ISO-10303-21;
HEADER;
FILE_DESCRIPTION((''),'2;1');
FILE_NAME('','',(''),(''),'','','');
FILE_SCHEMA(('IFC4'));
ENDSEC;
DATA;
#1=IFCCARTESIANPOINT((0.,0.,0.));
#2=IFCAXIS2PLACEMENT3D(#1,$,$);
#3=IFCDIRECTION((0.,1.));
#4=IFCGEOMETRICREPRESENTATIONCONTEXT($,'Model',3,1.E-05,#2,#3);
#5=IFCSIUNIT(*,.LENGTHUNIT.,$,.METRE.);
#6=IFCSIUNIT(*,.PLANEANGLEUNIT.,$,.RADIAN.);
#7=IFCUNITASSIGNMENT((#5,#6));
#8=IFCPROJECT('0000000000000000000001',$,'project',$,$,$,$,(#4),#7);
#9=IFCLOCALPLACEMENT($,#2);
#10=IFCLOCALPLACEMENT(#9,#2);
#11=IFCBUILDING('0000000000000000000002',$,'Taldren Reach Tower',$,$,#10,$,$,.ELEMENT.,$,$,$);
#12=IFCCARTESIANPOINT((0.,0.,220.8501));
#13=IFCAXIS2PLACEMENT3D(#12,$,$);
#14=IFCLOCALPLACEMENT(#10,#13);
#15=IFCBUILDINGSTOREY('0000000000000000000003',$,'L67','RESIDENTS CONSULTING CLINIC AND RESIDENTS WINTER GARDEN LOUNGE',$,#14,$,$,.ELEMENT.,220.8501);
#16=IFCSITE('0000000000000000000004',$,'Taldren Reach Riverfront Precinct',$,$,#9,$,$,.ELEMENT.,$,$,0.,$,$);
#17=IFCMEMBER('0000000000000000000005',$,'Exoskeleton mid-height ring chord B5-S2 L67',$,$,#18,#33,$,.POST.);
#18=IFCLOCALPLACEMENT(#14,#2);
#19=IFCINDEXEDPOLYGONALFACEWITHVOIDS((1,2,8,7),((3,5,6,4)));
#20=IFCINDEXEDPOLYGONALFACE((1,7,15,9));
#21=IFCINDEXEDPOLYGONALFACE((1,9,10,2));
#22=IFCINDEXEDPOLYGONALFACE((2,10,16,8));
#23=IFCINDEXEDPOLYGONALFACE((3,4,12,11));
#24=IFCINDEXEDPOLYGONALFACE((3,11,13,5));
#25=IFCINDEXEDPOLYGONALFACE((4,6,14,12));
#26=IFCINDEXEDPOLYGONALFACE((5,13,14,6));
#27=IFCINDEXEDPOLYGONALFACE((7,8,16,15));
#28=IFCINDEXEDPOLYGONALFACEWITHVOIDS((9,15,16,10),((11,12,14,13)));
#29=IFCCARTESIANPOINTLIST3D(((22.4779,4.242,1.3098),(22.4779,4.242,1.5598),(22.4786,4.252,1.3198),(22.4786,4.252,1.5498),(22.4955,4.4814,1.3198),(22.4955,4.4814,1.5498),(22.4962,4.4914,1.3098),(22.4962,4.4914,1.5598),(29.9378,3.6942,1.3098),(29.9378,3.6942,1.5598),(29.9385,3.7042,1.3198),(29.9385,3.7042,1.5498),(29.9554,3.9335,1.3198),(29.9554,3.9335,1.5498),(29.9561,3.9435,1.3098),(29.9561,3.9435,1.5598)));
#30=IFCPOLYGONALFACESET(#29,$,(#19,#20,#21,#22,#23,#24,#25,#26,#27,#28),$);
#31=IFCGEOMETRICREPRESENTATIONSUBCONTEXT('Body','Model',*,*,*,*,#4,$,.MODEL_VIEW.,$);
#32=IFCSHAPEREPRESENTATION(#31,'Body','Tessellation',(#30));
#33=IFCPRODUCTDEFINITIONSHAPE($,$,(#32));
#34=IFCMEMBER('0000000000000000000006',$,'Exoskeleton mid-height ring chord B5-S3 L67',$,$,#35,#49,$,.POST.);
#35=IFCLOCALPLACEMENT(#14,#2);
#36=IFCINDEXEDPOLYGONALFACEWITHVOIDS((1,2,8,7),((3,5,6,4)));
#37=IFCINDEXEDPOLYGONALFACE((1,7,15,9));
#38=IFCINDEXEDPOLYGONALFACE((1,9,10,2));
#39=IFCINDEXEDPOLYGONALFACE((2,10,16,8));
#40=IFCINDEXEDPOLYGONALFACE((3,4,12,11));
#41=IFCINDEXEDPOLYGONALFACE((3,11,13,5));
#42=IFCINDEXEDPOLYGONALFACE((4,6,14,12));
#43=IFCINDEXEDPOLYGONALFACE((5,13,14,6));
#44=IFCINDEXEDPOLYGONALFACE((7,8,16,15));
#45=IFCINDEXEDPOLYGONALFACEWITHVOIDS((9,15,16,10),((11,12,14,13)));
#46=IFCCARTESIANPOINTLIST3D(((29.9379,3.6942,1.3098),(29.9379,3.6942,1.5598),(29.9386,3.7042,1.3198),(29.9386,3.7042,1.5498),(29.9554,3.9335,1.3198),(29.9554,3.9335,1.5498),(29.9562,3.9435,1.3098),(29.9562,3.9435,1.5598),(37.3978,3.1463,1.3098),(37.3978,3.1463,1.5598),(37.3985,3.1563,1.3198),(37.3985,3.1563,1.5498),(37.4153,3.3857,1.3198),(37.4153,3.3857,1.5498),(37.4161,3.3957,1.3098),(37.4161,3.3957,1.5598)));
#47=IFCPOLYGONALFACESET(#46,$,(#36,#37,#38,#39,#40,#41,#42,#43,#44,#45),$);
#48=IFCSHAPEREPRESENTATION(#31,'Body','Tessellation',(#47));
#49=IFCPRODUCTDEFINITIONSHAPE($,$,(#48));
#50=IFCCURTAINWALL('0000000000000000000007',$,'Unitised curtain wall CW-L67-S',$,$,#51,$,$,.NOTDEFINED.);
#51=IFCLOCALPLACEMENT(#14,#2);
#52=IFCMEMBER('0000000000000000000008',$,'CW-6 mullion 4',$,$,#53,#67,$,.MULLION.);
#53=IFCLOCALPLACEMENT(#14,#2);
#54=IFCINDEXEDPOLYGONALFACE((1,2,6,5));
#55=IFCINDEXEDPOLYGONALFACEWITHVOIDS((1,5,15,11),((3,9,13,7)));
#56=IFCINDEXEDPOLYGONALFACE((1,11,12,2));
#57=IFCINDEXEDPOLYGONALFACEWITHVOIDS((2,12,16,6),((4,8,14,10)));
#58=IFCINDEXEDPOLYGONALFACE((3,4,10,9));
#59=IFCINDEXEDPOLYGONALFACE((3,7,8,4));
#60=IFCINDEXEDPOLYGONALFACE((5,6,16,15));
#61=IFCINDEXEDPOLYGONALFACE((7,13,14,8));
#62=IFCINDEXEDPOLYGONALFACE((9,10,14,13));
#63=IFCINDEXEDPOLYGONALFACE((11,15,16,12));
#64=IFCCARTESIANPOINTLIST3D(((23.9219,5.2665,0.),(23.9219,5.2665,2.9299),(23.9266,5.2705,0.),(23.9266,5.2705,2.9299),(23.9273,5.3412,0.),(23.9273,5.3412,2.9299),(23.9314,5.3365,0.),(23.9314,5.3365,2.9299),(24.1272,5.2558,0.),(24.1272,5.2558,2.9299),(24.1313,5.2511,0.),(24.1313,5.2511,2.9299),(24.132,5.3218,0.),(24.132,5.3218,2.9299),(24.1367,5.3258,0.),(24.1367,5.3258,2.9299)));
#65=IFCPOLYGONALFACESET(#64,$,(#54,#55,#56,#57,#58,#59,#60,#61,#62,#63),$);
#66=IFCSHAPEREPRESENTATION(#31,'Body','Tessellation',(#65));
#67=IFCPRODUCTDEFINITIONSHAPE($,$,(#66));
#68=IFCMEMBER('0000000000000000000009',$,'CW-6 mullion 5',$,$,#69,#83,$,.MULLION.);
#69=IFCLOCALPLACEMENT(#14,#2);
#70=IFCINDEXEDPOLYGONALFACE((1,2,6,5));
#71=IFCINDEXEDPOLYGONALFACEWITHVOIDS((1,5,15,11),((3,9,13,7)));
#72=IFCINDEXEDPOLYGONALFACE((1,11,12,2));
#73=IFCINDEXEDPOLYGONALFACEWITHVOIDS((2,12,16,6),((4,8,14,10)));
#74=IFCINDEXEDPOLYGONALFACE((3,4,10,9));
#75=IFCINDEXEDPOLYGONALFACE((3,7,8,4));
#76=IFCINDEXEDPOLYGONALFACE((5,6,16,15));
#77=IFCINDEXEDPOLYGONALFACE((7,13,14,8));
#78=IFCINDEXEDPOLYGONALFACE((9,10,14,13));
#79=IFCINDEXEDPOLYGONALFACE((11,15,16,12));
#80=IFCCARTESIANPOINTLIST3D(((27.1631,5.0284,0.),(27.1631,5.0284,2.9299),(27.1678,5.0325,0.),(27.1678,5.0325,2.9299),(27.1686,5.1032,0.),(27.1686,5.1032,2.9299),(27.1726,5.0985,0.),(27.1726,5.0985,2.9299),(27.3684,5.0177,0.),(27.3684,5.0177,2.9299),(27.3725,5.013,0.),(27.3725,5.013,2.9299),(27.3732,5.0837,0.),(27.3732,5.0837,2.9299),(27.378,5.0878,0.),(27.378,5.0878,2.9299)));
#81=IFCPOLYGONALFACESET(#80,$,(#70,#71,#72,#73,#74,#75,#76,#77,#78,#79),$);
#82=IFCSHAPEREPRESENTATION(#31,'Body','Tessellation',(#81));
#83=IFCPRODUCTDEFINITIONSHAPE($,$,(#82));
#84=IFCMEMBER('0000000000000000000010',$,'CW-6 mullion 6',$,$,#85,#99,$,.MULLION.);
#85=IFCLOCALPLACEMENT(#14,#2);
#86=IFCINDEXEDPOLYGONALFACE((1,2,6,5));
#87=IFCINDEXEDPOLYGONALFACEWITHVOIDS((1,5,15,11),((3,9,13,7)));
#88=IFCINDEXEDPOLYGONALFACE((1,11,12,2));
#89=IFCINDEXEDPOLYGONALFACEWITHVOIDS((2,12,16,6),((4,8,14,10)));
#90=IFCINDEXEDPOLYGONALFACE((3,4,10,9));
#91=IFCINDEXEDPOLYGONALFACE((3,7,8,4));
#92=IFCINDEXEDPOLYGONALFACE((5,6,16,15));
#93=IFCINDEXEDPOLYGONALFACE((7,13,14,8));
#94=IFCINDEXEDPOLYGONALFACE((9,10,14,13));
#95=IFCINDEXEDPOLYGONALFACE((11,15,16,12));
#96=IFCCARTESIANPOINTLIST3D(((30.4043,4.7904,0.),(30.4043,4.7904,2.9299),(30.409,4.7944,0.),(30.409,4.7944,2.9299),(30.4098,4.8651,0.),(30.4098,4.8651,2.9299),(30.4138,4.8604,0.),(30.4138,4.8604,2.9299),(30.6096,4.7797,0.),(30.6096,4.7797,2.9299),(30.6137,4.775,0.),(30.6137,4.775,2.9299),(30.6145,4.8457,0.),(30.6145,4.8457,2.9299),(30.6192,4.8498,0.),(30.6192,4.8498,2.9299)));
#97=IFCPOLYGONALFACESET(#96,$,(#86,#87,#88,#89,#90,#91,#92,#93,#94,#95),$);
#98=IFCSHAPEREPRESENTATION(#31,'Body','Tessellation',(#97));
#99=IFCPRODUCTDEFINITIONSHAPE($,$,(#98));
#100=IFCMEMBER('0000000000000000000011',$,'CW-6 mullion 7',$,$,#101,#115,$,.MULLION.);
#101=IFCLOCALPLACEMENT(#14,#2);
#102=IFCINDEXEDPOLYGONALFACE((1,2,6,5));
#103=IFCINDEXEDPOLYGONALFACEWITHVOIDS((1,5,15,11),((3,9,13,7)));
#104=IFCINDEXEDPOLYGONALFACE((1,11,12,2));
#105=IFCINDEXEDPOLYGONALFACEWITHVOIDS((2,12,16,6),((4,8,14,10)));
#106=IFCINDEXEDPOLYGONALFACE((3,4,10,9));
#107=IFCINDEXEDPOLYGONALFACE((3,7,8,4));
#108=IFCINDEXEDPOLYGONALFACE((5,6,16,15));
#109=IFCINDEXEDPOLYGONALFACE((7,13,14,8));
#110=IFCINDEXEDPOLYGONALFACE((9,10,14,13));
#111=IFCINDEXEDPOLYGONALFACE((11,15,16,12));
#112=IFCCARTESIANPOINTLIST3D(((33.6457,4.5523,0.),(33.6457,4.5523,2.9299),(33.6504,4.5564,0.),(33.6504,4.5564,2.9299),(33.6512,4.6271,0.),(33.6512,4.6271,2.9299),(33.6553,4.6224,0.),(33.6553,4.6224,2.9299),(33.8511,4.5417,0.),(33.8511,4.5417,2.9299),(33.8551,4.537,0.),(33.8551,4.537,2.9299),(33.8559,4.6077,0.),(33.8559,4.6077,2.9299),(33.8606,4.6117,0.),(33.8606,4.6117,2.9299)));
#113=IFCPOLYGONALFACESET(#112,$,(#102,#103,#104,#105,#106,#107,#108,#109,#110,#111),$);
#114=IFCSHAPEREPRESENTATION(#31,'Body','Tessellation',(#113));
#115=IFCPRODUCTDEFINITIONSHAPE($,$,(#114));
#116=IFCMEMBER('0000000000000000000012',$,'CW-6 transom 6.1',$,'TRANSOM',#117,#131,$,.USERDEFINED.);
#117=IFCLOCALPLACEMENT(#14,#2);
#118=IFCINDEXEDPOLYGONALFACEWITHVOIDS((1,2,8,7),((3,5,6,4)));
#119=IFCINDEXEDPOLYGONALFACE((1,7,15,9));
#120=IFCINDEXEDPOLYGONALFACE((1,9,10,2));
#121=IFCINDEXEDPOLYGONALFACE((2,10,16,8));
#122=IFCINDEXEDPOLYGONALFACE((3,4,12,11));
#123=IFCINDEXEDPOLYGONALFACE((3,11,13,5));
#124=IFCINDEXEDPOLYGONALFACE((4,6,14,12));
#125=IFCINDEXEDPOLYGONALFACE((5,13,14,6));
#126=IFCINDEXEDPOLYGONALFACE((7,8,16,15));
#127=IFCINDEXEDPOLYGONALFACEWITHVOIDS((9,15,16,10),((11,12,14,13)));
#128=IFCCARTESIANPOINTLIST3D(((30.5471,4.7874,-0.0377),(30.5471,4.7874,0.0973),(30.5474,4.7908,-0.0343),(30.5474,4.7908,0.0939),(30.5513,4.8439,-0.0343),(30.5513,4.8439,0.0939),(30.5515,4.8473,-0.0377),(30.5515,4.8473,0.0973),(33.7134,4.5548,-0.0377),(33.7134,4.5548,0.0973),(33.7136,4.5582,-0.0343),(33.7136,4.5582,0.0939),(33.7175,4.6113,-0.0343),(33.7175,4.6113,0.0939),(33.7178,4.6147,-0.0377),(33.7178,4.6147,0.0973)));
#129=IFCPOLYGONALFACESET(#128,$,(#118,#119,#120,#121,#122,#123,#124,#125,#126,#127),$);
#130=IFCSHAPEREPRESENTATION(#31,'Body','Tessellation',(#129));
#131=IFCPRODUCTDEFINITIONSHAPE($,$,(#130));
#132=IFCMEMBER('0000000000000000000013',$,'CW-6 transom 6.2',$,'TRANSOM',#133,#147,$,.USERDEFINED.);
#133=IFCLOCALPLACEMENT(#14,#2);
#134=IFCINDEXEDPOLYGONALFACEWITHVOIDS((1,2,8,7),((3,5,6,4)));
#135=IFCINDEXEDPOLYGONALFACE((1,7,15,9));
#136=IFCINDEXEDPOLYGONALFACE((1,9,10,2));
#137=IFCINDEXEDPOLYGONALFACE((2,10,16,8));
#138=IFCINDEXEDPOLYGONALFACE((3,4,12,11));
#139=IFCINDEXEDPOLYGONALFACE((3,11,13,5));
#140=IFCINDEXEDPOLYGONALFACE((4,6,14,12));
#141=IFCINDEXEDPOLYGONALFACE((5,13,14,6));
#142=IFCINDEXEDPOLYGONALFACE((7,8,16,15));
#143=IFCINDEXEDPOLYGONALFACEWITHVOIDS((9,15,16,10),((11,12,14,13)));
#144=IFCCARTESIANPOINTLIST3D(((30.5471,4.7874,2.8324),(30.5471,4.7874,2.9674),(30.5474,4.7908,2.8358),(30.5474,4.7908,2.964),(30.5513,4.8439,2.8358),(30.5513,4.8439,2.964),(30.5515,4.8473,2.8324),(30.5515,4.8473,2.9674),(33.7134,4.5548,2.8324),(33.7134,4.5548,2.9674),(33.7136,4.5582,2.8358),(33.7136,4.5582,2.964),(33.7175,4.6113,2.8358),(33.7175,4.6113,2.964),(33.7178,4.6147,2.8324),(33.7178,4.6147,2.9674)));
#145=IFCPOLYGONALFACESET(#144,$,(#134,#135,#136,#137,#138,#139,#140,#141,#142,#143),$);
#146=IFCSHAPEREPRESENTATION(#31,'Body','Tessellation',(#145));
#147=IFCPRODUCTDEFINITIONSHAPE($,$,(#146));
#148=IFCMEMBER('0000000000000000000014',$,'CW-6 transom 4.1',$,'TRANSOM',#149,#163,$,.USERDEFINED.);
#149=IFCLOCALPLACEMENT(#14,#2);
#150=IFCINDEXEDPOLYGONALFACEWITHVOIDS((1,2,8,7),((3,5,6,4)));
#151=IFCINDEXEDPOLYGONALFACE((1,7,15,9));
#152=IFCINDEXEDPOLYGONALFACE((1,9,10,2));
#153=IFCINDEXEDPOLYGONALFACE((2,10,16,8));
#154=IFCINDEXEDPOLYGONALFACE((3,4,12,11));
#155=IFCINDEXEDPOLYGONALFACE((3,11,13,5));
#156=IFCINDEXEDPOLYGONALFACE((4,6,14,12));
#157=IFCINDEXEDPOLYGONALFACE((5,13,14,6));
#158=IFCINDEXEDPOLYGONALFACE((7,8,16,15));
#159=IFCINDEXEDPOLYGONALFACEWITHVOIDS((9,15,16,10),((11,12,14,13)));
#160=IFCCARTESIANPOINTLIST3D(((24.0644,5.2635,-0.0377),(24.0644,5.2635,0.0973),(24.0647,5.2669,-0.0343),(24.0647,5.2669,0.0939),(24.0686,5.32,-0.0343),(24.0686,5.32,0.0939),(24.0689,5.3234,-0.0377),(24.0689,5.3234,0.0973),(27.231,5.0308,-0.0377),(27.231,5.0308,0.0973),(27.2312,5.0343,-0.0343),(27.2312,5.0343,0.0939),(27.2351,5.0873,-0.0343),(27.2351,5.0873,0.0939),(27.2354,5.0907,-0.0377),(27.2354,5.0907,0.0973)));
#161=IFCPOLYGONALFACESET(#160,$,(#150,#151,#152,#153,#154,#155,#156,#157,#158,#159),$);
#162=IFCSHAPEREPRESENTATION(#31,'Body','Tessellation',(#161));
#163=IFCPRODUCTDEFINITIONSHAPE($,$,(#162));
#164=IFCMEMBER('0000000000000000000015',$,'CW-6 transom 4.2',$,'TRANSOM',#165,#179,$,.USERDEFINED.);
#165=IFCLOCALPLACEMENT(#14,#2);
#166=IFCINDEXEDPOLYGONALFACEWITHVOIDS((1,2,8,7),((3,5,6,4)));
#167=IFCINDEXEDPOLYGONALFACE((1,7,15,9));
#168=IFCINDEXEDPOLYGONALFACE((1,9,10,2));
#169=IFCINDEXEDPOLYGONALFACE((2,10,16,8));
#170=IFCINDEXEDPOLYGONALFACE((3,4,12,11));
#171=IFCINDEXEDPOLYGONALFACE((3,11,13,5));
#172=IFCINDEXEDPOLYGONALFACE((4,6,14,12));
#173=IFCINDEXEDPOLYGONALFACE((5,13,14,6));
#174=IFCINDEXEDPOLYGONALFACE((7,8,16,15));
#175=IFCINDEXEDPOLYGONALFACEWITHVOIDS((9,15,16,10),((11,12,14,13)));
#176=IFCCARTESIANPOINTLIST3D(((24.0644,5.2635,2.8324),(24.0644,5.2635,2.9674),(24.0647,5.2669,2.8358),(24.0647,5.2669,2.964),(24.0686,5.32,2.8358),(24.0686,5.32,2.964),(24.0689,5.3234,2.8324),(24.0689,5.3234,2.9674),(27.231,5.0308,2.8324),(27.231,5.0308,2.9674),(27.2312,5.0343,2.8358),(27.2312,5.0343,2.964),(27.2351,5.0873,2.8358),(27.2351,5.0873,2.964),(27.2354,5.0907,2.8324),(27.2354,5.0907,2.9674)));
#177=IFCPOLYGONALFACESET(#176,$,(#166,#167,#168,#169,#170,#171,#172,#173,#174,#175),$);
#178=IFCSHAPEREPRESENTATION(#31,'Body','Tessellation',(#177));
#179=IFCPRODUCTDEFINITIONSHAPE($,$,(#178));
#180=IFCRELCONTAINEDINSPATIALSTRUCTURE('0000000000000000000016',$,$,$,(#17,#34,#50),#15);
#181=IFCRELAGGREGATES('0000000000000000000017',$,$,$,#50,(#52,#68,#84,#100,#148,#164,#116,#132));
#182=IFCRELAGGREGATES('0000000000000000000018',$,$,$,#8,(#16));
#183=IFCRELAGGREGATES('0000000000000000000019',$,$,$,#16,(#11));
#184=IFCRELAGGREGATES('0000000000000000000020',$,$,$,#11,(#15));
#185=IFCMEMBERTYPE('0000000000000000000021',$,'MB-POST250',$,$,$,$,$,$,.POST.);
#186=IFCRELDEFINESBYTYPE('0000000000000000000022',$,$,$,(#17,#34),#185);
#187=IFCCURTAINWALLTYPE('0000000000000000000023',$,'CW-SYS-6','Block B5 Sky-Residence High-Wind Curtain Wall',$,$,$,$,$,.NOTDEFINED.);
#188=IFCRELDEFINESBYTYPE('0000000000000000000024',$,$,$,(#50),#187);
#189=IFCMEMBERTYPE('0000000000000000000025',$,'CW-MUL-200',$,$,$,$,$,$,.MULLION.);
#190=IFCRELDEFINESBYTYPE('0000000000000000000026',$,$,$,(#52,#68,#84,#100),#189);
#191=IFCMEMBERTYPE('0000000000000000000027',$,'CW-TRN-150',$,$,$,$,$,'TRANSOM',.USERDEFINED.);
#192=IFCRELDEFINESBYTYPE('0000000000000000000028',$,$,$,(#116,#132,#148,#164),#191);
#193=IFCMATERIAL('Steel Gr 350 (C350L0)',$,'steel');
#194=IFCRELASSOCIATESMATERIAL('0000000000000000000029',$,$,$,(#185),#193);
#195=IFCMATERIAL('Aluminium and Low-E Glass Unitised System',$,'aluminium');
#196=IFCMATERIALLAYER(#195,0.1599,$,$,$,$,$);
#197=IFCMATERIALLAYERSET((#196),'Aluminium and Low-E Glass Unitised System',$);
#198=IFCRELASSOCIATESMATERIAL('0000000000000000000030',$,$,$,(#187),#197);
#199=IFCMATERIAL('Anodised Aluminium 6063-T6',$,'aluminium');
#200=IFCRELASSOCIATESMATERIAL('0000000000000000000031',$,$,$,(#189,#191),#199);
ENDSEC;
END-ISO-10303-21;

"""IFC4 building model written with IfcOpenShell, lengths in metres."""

from ifc_helpers import new_model, si_unit, direction, frame, origin, origin_2d, place, context, subcontext, project, spatial, hollow_rectangle, extrude, source, transform, mapped, material, layer, layer_set, material_profile, profile_set, type_object, element, aggregate, save


model = new_model("IFC4")

# Units and contexts
model_context = context("Model", 3, precision=1e-05, world=origin(), true_north=direction((0.0, 1.0)))
body_context = subcontext(model_context, "Body", "Model", "MODEL_VIEW")
ifc_project = project(units=[si_unit("LENGTHUNIT", "METRE"), si_unit("PLANEANGLEUNIT", "RADIAN")], contexts=[model_context])

# Site, building, storey
site_placement = place(None, origin())
site = spatial("IfcSite", under=ifc_project, at=site_placement, Name="Taldren Reach Riverfront Precinct", CompositionType="ELEMENT", RefElevation=0.0)
building_placement = place(site_placement, origin())
building = spatial("IfcBuilding", under=site, at=building_placement, Name="Taldren Reach Tower", CompositionType="ELEMENT")
storey_placement = place(building_placement, frame((0.0, 0.0, 220.8501)))
storey = spatial("IfcBuildingStorey", under=building, at=storey_placement, Name="L67", Description="RESIDENTS CONSULTING CLINIC AND RESIDENTS WINTER GARDEN LOUNGE", CompositionType="ELEMENT", Elevation=220.8501)

# Shared definitions
ifc_material_1 = material(Name="Steel Gr 350 (C350L0)", Category="steel")
ifc_material_profile_1 = material_profile(ifc_material_1, hollow_rectangle(XDim=0.25, YDim=0.25, WallThickness=0.01, at=origin_2d()), Name="250x250x10.0SHS")
ifc_profile_set_1 = profile_set([ifc_material_profile_1], Name="Steel Gr 350 (C350L0)")
member_type_1 = type_object("IfcMemberType", Name="MB-POST250", PredefinedType="POST", material=ifc_profile_set_1)

# Members
shared_shape_1 = source(origin(), body_context, "Body", "SweptSolid", [
    extrude(hollow_rectangle(XDim=0.25, YDim=0.25, WallThickness=0.01, at=origin_2d()), origin(), (0.0, 0.0, 1.0), 7.48),
])
for number, where, z_axis, x_axis, name in (
    (1, (22.4871, 4.3667, 1.4348), (0.997314, -0.073242, 0.0), (0.073242, 0.997314, 0.0), "Exoskeleton mid-height ring chord B5-S2 L67"),
    (2, (29.947, 3.8188, 1.4348), (0.997314, -0.073242, 0.0), (0.073242, 0.997314, 0.0), "Exoskeleton mid-height ring chord B5-S3 L67"),
):
    element("IfcMember", number, at=place(storey_placement, frame(where, z_axis=z_axis, x_axis=x_axis)), inside=storey, type_object=member_type_1, Name=name, PredefinedType="POST", context=body_context, shape_type="MappedRepresentation", body=[
        mapped(shared_shape_1, transform((0.0, 0.0, 0.0), scale=1.0)),
    ])

# Curtain wall, members
ifc_material_2 = material(Name="Aluminium and Low-E Glass Unitised System", Category="aluminium")
ifc_layer_1 = layer(ifc_material_2, 0.1599)
ifc_layer_set_1 = layer_set([ifc_layer_1], Name="Aluminium and Low-E Glass Unitised System")
curtain_wall_type = type_object("IfcCurtainWallType", Name="CW-SYS-6", Description="Block B5 Sky-Residence High-Wind Curtain Wall", PredefinedType="NOTDEFINED", material=ifc_layer_set_1)
curtain_wall_placement = place(storey_placement, origin())
curtain_wall = element("IfcCurtainWall", 3, at=curtain_wall_placement, inside=storey, type_object=curtain_wall_type, Name="Unitised curtain wall CW-L67-S", PredefinedType="NOTDEFINED")
ifc_material_3 = material(Name="Anodised Aluminium 6063-T6", Category="aluminium")
ifc_material_profile_2 = material_profile(ifc_material_3, hollow_rectangle(XDim=0.075, YDim=0.21, WallThickness=0.0044, at=origin_2d()), Name="ALU-210x75x4.5RHS")
ifc_profile_set_2 = profile_set([ifc_material_profile_2], Name="Anodised Aluminium 6063-T6")
member_type_2 = type_object("IfcMemberType", Name="CW-MUL-200", PredefinedType="MULLION", material=ifc_profile_set_2)
shared_shape_2 = source(origin(), body_context, "Body", "SweptSolid", [
    extrude(hollow_rectangle(XDim=0.075, YDim=0.21, WallThickness=0.0044, at=origin_2d()), origin(), (0.0, 0.0, 1.0), 2.9299),
])
member_1_placement = place(storey_placement, frame((24.0293, 5.2961, 0.0), z_axis=(0.0, 0.0, 1.0), x_axis=(0.073238, 0.997314, 0.0)))
member_1 = element("IfcMember", 4, at=member_1_placement, type_object=member_type_2, Name="CW-6 mullion 4", PredefinedType="MULLION", context=body_context, shape_type="MappedRepresentation", body=[
    mapped(shared_shape_2, transform((0.0, 0.0, 0.0), scale=1.0)),
])
member_2_placement = place(storey_placement, frame((27.2705, 5.0581, 0.0), z_axis=(0.0, 0.0, 1.0), x_axis=(0.073238, 0.997314, 0.0)))
member_2 = element("IfcMember", 5, at=member_2_placement, type_object=member_type_2, Name="CW-6 mullion 5", PredefinedType="MULLION", context=body_context, shape_type="MappedRepresentation", body=[
    mapped(shared_shape_2, transform((0.0, 0.0, 0.0), scale=1.0)),
])
member_3_placement = place(storey_placement, frame((30.5117, 4.8201, 0.0), z_axis=(0.0, 0.0, 1.0), x_axis=(0.073238, 0.997314, 0.0)))
member_3 = element("IfcMember", 6, at=member_3_placement, type_object=member_type_2, Name="CW-6 mullion 6", PredefinedType="MULLION", context=body_context, shape_type="MappedRepresentation", body=[
    mapped(shared_shape_2, transform((0.0, 0.0, 0.0), scale=1.0)),
])
member_4_placement = place(storey_placement, frame((33.7532, 4.582, 0.0), z_axis=(0.0, 0.0, 1.0), x_axis=(0.073238, 0.997314, 0.0)))
member_4 = element("IfcMember", 7, at=member_4_placement, type_object=member_type_2, Name="CW-6 mullion 7", PredefinedType="MULLION", context=body_context, shape_type="MappedRepresentation", body=[
    mapped(shared_shape_2, transform((0.0, 0.0, 0.0), scale=1.0)),
])
ifc_material_profile_3 = material_profile(ifc_material_3, hollow_rectangle(XDim=0.0601, YDim=0.135, WallThickness=0.0034, at=origin_2d()), Name="ALU-135x60x3.5RHS")
ifc_profile_set_3 = profile_set([ifc_material_profile_3], Name="Anodised Aluminium 6063-T6")
member_type_3 = type_object("IfcMemberType", Name="CW-TRN-150", ElementType="TRANSOM", PredefinedType="USERDEFINED", material=ifc_profile_set_3)
shared_shape_3 = source(origin(), body_context, "Body", "SweptSolid", [
    extrude(hollow_rectangle(XDim=0.0601, YDim=0.135, WallThickness=0.0034, at=origin_2d()), origin(), (0.0, 0.0, 1.0), 3.1748),
])
member_5_placement = place(storey_placement, frame((30.5493, 4.8174, 0.0298), z_axis=(0.997311, -0.073285, 0.0), x_axis=(0.073285, 0.997311, 0.0)))
member_5 = element("IfcMember", 8, at=member_5_placement, type_object=member_type_3, Name="CW-6 transom 6.1", ObjectType="TRANSOM", PredefinedType="USERDEFINED", context=body_context, shape_type="MappedRepresentation", body=[
    mapped(shared_shape_3, transform((0.0, 0.0, 0.0), scale=1.0)),
])
member_6_placement = place(storey_placement, frame((30.5493, 4.8174, 2.8999), z_axis=(0.997311, -0.073285, 0.0), x_axis=(0.073285, 0.997311, 0.0)))
member_6 = element("IfcMember", 9, at=member_6_placement, type_object=member_type_3, Name="CW-6 transom 6.2", ObjectType="TRANSOM", PredefinedType="USERDEFINED", context=body_context, shape_type="MappedRepresentation", body=[
    mapped(shared_shape_3, transform((0.0, 0.0, 0.0), scale=1.0)),
])
shared_shape_4 = source(origin(), body_context, "Body", "SweptSolid", [
    extrude(hollow_rectangle(XDim=0.0601, YDim=0.135, WallThickness=0.0034, at=origin_2d()), origin(), (0.0, 0.0, 1.0), 3.175),
])
member_7_placement = place(storey_placement, frame((24.0667, 5.2935, 0.0298), z_axis=(0.997311, -0.07328, 0.0), x_axis=(0.07328, 0.997311, 0.0)))
member_7 = element("IfcMember", 10, at=member_7_placement, type_object=member_type_3, Name="CW-6 transom 4.1", ObjectType="TRANSOM", PredefinedType="USERDEFINED", context=body_context, shape_type="MappedRepresentation", body=[
    mapped(shared_shape_4, transform((0.0, 0.0, 0.0), scale=1.0)),
])
member_8_placement = place(storey_placement, frame((24.0667, 5.2935, 2.8999), z_axis=(0.997311, -0.07328, 0.0), x_axis=(0.07328, 0.997311, 0.0)))
member_8 = element("IfcMember", 11, at=member_8_placement, type_object=member_type_3, Name="CW-6 transom 4.2", ObjectType="TRANSOM", PredefinedType="USERDEFINED", context=body_context, shape_type="MappedRepresentation", body=[
    mapped(shared_shape_4, transform((0.0, 0.0, 0.0), scale=1.0)),
])

aggregate(curtain_wall, [member_1, member_2, member_3, member_4, member_7, member_8, member_5, member_6])

save(model, "model.ifc")
